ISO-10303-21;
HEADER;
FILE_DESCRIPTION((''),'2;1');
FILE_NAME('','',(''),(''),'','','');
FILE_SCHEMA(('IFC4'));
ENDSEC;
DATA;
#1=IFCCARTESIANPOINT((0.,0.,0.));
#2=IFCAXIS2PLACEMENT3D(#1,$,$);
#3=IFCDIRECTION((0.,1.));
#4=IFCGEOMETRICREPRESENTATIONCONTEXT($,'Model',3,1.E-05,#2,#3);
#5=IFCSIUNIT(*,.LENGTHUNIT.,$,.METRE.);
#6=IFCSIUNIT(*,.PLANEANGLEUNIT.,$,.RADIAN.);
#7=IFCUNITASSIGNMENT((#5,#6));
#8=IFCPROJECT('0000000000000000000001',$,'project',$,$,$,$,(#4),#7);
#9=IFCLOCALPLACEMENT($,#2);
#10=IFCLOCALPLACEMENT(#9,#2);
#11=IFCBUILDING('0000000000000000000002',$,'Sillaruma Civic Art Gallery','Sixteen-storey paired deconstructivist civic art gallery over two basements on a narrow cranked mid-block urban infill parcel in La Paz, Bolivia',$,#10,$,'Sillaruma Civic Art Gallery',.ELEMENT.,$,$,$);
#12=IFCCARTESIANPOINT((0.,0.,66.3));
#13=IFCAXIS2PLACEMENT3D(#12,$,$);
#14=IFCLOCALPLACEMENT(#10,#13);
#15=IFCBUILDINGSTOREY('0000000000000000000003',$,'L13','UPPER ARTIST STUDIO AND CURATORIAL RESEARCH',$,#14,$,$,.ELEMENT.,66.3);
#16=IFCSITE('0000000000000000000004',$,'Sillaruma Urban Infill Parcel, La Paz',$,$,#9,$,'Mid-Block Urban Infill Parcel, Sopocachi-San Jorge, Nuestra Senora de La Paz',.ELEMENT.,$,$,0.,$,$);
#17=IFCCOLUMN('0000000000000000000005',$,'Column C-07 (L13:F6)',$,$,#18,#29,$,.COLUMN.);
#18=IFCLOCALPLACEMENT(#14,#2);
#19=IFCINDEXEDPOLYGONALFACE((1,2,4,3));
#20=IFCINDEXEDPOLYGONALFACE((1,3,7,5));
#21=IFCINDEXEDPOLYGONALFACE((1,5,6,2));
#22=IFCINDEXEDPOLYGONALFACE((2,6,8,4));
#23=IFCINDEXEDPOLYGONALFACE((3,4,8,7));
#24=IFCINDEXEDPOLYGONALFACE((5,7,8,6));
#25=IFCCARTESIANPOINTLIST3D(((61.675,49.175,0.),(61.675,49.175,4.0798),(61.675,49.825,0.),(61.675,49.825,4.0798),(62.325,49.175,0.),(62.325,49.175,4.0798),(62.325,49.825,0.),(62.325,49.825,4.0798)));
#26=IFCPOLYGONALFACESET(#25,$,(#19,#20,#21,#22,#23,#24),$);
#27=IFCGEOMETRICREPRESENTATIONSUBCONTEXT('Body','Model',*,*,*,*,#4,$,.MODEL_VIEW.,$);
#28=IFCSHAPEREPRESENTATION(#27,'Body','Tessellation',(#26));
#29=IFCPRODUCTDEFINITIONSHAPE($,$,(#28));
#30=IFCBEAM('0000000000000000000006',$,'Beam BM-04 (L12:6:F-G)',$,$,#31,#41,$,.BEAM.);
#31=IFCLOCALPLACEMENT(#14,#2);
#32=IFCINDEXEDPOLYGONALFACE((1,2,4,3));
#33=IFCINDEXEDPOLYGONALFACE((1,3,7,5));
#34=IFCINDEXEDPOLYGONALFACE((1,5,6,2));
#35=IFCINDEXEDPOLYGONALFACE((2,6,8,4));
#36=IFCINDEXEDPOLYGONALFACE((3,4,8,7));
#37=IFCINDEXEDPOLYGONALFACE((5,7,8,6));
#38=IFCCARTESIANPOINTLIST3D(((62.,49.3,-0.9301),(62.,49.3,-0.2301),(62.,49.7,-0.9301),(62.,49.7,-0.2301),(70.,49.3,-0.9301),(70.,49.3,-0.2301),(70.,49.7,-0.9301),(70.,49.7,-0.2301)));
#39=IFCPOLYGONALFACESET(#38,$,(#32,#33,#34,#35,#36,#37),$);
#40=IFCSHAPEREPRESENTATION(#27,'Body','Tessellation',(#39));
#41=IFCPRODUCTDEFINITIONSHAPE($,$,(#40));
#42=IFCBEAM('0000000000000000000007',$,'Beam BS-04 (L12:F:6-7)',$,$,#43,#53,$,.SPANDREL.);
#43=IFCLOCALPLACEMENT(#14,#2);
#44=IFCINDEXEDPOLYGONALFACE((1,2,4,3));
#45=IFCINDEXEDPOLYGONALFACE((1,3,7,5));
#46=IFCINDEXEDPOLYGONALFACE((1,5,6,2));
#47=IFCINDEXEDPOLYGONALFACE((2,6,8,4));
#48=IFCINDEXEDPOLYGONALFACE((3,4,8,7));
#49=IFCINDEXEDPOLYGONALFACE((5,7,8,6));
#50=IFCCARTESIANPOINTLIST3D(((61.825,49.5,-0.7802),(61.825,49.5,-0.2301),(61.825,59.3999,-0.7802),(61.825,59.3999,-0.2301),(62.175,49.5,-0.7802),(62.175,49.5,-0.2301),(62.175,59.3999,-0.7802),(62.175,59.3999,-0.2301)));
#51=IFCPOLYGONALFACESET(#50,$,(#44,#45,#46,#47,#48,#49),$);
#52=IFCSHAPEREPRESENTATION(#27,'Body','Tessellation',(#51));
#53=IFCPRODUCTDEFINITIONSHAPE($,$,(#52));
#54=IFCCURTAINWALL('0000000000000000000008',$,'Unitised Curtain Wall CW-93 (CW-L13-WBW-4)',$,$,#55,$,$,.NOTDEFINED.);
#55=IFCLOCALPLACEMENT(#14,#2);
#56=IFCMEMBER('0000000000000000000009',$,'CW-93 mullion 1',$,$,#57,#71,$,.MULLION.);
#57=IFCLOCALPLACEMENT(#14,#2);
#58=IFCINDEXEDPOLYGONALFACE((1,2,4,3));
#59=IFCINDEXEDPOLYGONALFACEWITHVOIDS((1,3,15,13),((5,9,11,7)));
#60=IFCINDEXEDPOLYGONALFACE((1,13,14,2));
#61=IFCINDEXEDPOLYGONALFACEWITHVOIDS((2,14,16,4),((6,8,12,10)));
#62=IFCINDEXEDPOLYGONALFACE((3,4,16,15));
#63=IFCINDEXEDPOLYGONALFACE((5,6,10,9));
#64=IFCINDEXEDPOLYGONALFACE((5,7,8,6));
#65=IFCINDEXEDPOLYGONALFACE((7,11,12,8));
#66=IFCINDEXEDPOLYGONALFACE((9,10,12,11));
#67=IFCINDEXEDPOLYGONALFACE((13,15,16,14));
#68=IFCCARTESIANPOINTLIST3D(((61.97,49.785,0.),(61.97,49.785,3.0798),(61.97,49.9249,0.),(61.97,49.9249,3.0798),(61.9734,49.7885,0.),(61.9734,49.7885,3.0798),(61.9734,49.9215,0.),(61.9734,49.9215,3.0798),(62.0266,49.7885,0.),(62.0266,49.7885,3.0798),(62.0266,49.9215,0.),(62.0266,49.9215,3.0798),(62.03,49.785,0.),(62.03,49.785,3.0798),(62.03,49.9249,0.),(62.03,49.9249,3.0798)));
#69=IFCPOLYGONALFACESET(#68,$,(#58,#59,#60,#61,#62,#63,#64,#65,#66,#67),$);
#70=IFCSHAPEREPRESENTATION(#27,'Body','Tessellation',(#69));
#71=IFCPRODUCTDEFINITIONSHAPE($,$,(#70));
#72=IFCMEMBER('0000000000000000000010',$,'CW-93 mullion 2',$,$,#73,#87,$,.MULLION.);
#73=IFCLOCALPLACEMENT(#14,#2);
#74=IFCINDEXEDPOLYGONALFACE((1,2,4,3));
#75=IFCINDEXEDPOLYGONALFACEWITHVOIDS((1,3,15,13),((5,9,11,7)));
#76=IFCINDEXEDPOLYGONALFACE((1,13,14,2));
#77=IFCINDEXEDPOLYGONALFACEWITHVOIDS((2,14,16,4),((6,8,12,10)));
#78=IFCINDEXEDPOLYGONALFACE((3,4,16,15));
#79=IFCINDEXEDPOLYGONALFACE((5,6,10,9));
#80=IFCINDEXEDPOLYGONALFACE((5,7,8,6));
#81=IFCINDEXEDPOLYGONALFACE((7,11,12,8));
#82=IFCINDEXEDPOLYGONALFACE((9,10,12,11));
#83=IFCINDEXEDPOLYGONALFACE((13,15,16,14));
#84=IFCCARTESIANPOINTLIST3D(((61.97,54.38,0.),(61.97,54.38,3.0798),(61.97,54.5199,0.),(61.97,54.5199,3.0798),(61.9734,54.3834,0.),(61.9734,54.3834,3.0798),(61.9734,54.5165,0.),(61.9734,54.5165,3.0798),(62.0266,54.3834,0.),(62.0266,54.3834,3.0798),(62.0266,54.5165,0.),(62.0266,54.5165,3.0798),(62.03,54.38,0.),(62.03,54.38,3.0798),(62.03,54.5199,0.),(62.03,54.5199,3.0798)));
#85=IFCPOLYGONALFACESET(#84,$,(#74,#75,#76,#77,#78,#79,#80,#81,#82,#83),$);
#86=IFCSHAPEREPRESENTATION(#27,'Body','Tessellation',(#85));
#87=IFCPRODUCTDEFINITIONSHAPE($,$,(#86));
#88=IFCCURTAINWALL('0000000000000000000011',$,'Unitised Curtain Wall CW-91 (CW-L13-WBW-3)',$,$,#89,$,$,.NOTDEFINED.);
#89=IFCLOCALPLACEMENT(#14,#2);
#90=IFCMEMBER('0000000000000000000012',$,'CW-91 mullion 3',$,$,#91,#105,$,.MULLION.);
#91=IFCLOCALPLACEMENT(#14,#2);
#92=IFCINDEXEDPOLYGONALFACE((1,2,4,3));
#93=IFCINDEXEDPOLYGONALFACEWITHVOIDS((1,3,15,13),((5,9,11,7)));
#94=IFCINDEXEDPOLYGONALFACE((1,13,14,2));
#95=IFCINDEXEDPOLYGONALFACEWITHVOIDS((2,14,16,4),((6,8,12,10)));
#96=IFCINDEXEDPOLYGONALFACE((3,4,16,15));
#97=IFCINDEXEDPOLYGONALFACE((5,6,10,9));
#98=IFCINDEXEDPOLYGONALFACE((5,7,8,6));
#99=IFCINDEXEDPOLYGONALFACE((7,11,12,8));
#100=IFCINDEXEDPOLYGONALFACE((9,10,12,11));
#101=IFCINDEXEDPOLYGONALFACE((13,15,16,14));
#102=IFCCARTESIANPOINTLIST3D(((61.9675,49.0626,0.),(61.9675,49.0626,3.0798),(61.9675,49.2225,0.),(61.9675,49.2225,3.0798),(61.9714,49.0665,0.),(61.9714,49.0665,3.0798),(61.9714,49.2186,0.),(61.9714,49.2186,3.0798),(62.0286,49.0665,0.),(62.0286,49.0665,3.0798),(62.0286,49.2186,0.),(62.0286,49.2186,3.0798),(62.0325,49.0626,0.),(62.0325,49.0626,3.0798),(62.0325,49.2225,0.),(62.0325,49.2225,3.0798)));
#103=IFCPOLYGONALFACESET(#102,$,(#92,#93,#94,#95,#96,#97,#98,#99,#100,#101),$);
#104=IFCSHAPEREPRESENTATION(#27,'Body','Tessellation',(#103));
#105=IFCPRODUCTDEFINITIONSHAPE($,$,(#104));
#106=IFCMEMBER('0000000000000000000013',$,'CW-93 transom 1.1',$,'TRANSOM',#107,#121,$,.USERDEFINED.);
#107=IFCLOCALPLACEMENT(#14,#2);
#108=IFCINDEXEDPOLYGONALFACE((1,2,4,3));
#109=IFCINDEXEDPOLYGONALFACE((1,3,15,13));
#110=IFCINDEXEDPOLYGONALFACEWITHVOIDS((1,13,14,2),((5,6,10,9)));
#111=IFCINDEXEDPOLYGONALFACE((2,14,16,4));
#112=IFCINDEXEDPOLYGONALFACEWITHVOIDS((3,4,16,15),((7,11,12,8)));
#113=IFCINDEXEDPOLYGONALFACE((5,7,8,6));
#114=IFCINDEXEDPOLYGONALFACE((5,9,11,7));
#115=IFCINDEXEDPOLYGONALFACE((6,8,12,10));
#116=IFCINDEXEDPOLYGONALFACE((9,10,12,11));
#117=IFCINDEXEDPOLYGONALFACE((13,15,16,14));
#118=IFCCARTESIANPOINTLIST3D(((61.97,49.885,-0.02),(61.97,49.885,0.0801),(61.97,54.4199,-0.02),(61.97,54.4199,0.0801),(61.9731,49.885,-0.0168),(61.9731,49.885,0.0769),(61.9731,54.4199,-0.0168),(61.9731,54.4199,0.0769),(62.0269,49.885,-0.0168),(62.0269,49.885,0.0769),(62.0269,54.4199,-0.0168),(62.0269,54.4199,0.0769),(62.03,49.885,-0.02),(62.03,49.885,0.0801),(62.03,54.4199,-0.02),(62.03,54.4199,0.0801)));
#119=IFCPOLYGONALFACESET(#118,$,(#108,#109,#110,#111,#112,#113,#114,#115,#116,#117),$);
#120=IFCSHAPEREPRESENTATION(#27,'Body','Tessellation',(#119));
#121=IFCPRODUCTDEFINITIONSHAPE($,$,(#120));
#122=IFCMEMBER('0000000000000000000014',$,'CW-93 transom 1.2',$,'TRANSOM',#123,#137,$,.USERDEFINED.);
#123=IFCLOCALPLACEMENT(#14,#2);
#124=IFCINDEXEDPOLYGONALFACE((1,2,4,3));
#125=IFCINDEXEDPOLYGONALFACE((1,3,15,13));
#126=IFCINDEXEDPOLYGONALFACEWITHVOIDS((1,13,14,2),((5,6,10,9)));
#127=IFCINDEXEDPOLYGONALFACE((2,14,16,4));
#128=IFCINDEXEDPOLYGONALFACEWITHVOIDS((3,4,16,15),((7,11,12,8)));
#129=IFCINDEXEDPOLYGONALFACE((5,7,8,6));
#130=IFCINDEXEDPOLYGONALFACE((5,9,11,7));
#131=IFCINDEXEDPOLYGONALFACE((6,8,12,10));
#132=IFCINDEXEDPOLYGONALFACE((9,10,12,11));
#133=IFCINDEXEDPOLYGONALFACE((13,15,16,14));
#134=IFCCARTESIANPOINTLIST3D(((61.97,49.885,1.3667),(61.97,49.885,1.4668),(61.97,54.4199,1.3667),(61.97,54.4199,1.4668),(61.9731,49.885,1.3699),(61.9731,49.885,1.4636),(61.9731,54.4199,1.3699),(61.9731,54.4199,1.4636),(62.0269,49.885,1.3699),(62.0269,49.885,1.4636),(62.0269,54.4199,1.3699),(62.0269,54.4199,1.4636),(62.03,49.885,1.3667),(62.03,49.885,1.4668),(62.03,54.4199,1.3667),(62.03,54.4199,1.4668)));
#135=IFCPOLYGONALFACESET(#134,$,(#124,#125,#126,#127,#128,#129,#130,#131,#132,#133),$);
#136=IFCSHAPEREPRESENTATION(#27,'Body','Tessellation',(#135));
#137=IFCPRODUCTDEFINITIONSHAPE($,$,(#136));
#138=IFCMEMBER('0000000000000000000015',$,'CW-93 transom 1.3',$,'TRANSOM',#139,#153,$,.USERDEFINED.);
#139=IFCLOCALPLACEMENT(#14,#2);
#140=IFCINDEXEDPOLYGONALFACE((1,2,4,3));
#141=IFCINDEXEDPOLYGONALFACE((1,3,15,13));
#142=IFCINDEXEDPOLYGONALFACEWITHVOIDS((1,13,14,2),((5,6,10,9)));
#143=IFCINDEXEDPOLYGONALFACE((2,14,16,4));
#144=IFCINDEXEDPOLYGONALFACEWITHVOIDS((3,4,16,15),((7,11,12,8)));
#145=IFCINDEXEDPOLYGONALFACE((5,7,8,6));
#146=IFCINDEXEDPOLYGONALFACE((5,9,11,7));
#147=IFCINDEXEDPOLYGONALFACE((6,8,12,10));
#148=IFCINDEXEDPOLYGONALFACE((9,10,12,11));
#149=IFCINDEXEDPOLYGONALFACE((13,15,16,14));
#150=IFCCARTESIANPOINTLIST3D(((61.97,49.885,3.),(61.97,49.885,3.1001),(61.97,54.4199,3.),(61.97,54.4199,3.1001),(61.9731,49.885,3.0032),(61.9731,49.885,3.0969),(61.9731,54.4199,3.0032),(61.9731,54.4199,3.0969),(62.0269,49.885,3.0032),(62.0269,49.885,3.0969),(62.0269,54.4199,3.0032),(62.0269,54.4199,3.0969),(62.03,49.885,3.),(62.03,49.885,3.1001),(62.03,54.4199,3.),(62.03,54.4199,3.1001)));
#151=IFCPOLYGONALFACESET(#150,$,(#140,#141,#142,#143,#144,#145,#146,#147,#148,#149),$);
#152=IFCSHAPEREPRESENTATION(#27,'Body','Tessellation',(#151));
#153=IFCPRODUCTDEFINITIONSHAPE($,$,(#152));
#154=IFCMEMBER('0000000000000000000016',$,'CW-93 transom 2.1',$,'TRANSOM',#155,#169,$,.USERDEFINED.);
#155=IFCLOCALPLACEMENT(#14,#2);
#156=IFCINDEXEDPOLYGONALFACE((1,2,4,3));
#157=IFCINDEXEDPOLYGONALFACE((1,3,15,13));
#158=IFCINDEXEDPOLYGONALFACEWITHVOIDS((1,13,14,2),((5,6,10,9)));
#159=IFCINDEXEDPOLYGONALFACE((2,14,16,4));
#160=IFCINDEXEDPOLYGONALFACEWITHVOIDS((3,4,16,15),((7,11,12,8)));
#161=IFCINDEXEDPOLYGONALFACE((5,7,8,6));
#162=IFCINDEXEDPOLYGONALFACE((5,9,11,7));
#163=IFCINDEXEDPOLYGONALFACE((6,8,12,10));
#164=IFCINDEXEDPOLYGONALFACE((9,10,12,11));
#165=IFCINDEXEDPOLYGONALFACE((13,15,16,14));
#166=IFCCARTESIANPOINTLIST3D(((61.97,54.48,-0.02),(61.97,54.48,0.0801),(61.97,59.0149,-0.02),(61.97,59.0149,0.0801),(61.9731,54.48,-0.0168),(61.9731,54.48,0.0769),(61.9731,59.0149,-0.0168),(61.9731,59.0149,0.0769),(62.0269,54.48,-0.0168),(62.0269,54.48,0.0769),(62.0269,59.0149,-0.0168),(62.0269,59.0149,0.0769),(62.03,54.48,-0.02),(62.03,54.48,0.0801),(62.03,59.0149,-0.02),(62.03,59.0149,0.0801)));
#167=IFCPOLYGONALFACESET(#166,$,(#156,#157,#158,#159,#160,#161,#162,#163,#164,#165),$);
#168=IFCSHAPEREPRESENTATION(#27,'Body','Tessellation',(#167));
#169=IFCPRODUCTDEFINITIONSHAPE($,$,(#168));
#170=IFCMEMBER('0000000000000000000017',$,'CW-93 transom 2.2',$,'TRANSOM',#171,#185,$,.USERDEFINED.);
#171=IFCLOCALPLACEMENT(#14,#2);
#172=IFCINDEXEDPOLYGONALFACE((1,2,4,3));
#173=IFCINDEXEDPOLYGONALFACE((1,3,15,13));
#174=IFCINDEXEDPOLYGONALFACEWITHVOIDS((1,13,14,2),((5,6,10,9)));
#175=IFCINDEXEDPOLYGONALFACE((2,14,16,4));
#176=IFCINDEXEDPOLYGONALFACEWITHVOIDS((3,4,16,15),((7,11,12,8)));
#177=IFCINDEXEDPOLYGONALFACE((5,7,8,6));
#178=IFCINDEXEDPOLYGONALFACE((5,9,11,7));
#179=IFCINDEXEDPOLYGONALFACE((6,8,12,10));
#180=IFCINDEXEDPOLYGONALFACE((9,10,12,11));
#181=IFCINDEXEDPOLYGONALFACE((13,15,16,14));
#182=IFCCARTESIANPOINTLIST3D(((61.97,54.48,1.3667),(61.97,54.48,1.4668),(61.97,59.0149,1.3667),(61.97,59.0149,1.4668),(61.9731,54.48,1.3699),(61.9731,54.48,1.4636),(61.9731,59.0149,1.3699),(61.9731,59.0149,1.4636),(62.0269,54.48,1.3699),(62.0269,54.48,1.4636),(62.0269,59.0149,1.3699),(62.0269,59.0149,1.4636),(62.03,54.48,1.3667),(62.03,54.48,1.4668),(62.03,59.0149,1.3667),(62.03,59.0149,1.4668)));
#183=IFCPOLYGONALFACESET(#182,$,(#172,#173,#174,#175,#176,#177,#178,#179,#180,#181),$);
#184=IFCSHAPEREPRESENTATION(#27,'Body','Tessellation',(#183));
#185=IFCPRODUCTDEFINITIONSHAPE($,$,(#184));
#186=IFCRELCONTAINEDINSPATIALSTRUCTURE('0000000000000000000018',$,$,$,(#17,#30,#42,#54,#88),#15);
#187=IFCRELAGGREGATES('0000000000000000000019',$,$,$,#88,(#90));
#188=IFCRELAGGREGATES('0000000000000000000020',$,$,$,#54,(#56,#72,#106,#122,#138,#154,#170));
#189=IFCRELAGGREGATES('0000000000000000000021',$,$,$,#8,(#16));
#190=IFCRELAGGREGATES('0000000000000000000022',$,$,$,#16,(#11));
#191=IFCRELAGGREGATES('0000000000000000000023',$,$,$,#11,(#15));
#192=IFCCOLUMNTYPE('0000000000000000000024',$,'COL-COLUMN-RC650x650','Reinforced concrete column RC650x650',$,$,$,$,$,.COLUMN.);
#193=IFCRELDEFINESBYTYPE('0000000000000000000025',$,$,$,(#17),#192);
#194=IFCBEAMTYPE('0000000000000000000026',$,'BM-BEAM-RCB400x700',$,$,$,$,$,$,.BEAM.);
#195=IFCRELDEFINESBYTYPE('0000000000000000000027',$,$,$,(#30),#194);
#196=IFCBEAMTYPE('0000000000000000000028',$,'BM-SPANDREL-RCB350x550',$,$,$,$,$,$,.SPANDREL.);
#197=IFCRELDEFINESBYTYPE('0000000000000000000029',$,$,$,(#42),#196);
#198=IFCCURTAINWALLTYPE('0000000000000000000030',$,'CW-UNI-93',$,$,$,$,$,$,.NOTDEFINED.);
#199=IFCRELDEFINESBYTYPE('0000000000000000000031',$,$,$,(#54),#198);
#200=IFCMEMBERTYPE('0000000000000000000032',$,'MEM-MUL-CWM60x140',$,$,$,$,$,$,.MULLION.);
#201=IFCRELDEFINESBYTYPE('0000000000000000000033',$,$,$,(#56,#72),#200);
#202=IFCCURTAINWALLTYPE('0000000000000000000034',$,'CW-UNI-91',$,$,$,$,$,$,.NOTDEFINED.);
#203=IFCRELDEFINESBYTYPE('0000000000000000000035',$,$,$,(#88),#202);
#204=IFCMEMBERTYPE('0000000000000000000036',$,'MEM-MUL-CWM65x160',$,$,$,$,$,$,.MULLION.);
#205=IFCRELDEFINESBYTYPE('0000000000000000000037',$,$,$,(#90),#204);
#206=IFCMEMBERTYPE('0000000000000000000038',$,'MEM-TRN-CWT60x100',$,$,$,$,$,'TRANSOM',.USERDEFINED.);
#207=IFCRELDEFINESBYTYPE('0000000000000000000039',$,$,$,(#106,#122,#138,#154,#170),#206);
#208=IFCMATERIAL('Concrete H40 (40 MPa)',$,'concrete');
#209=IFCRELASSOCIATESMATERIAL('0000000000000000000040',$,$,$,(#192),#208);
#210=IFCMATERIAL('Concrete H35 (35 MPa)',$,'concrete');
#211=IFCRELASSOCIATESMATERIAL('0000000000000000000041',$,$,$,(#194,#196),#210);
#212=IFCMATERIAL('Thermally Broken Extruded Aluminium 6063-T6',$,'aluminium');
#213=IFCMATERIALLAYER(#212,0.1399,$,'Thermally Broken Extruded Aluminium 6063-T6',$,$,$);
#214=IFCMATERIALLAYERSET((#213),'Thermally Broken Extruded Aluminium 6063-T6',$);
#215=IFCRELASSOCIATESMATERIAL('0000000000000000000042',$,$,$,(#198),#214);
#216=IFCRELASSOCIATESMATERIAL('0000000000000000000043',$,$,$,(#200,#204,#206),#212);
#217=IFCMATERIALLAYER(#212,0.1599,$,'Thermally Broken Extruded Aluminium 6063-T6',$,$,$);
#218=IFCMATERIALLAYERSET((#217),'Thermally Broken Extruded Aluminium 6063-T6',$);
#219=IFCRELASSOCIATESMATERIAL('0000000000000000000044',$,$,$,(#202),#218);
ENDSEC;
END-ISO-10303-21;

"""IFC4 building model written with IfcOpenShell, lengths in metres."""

from ifc_helpers import new_model, si_unit, direction, frame, origin, origin_2d, place, context, subcontext, project, spatial, rectangle, hollow_rectangle, extrude, material, layer, layer_set, material_profile, profile_set, type_object, element, aggregate, save


model = new_model("IFC4")

# Units and contexts
model_context = context("Model", 3, precision=1e-05, world=origin(), true_north=direction((0.0, 1.0)))
body_context = subcontext(model_context, "Body", "Model", "MODEL_VIEW")
ifc_project = project(units=[si_unit("LENGTHUNIT", "METRE"), si_unit("PLANEANGLEUNIT", "RADIAN")], contexts=[model_context])

# Site, building, storey
site_placement = place(None, origin())
site = spatial("IfcSite", under=ifc_project, at=site_placement, Name="Sillaruma Urban Infill Parcel, La Paz", LongName="Mid-Block Urban Infill Parcel, Sopocachi-San Jorge, Nuestra Senora de La Paz", CompositionType="ELEMENT", RefElevation=0.0)
building_placement = place(site_placement, origin())
building = spatial("IfcBuilding", under=site, at=building_placement, Name="Sillaruma Civic Art Gallery", Description="Sixteen-storey paired deconstructivist civic art gallery over two basements on a narrow cranked mid-block urban infill parcel in La Paz, Bolivia", LongName="Sillaruma Civic Art Gallery", CompositionType="ELEMENT")
storey_placement = place(building_placement, frame((0.0, 0.0, 66.3)))
storey = spatial("IfcBuildingStorey", under=building, at=storey_placement, Name="L13", Description="UPPER ARTIST STUDIO AND CURATORIAL RESEARCH", CompositionType="ELEMENT", Elevation=66.3)

# Column
ifc_material_1 = material(Name="Concrete H40 (40 MPa)", Category="concrete")
ifc_material_profile_1 = material_profile(ifc_material_1, rectangle(XDim=0.6499, YDim=0.6499, at=origin_2d()), Name="RC650x650")
ifc_profile_set_1 = profile_set([ifc_material_profile_1], Name="Concrete H40 (40 MPa)")
column_type = type_object("IfcColumnType", Name="COL-COLUMN-RC650x650", Description="Reinforced concrete column RC650x650", PredefinedType="COLUMN", material=ifc_profile_set_1)
column_placement = place(storey_placement, frame((62.0, 49.5, 0.0), z_axis=(0.0, 0.0, 1.0), x_axis=(1.0, 0.0, 0.0)))
element("IfcColumn", 1, at=column_placement, inside=storey, type_object=column_type, Name="Column C-07 (L13:F6)", PredefinedType="COLUMN", context=body_context, shape_type="SweptSolid", body=[
    extrude(rectangle(XDim=0.6499, YDim=0.6499, at=origin_2d()), origin(), (0.0, 0.0, 1.0), 4.0798),
])

# Beams
ifc_material_2 = material(Name="Concrete H35 (35 MPa)", Category="concrete")
ifc_material_profile_2 = material_profile(ifc_material_2, rectangle(XDim=0.3999, YDim=0.7, at=origin_2d()), Name="RCB400x700")
ifc_profile_set_2 = profile_set([ifc_material_profile_2], Name="Concrete H35 (35 MPa)")
beam_type_1 = type_object("IfcBeamType", Name="BM-BEAM-RCB400x700", PredefinedType="BEAM", material=ifc_profile_set_2)
beam_1_placement = place(storey_placement, frame((62.0, 49.5, -0.5801), z_axis=(1.0, 0.0, 0.0), x_axis=(0.0, 1.0, 0.0)))
element("IfcBeam", 2, at=beam_1_placement, inside=storey, type_object=beam_type_1, Name="Beam BM-04 (L12:6:F-G)", PredefinedType="BEAM", context=body_context, shape_type="SweptSolid", body=[
    extrude(rectangle(XDim=0.3999, YDim=0.7, at=origin_2d()), origin(), (0.0, 0.0, 1.0), 8.0),
])
ifc_material_profile_3 = material_profile(ifc_material_2, rectangle(XDim=0.3501, YDim=0.55, at=origin_2d()), Name="RCB350x550")
ifc_profile_set_3 = profile_set([ifc_material_profile_3], Name="Concrete H35 (35 MPa)")
beam_type_2 = type_object("IfcBeamType", Name="BM-SPANDREL-RCB350x550", PredefinedType="SPANDREL", material=ifc_profile_set_3)
beam_2_placement = place(storey_placement, frame((62.0, 49.5, -0.5051), z_axis=(0.0, 1.0, 0.0), x_axis=(-1.0, 0.0, 0.0)))
element("IfcBeam", 3, at=beam_2_placement, inside=storey, type_object=beam_type_2, Name="Beam BS-04 (L12:F:6-7)", PredefinedType="SPANDREL", context=body_context, shape_type="SweptSolid", body=[
    extrude(rectangle(XDim=0.3501, YDim=0.55, at=origin_2d()), origin(), (0.0, 0.0, 1.0), 9.8999),
])

# Curtain wall, members
ifc_material_3 = material(Name="Thermally Broken Extruded Aluminium 6063-T6", Category="aluminium")
ifc_layer_1 = layer(ifc_material_3, 0.1399, Name="Thermally Broken Extruded Aluminium 6063-T6")
ifc_layer_set_1 = layer_set([ifc_layer_1], Name="Thermally Broken Extruded Aluminium 6063-T6")
curtain_wall_type_1 = type_object("IfcCurtainWallType", Name="CW-UNI-93", PredefinedType="NOTDEFINED", material=ifc_layer_set_1)
curtain_wall_1_placement = place(storey_placement, origin())
curtain_wall_1 = element("IfcCurtainWall", 4, at=curtain_wall_1_placement, inside=storey, type_object=curtain_wall_type_1, Name="Unitised Curtain Wall CW-93 (CW-L13-WBW-4)", PredefinedType="NOTDEFINED")
ifc_material_profile_4 = material_profile(ifc_material_3, hollow_rectangle(XDim=0.0601, YDim=0.1399, WallThickness=0.0034, at=origin_2d()), Name="CWM60x140")
ifc_profile_set_4 = profile_set([ifc_material_profile_4], Name="Thermally Broken Extruded Aluminium 6063-T6")
member_type_1 = type_object("IfcMemberType", Name="MEM-MUL-CWM60x140", PredefinedType="MULLION", material=ifc_profile_set_4)
member_1_placement = place(storey_placement, frame((62.0, 49.855, 0.0), z_axis=(0.0, 0.0, 1.0), x_axis=(-1.0, 0.0, 0.0)))
member_1 = element("IfcMember", 5, at=member_1_placement, type_object=member_type_1, Name="CW-93 mullion 1", PredefinedType="MULLION", context=body_context, shape_type="SweptSolid", body=[
    extrude(hollow_rectangle(XDim=0.0601, YDim=0.1399, WallThickness=0.0034, at=origin_2d()), origin(), (0.0, 0.0, 1.0), 3.0798),
])
member_2_placement = place(storey_placement, frame((62.0, 54.45, 0.0), z_axis=(0.0, 0.0, 1.0), x_axis=(-1.0, 0.0, 0.0)))
member_2 = element("IfcMember", 6, at=member_2_placement, type_object=member_type_1, Name="CW-93 mullion 2", PredefinedType="MULLION", context=body_context, shape_type="SweptSolid", body=[
    extrude(hollow_rectangle(XDim=0.0601, YDim=0.1399, WallThickness=0.0034, at=origin_2d()), origin(), (0.0, 0.0, 1.0), 3.0798),
])

# Curtain wall, member
ifc_layer_2 = layer(ifc_material_3, 0.1599, Name="Thermally Broken Extruded Aluminium 6063-T6")
ifc_layer_set_2 = layer_set([ifc_layer_2], Name="Thermally Broken Extruded Aluminium 6063-T6")
curtain_wall_type_2 = type_object("IfcCurtainWallType", Name="CW-UNI-91", PredefinedType="NOTDEFINED", material=ifc_layer_set_2)
curtain_wall_2_placement = place(storey_placement, origin())
curtain_wall_2 = element("IfcCurtainWall", 7, at=curtain_wall_2_placement, inside=storey, type_object=curtain_wall_type_2, Name="Unitised Curtain Wall CW-91 (CW-L13-WBW-3)", PredefinedType="NOTDEFINED")
ifc_material_profile_5 = material_profile(ifc_material_3, hollow_rectangle(XDim=0.0649, YDim=0.1599, WallThickness=0.0039, at=origin_2d()), Name="CWM65x160")
ifc_profile_set_5 = profile_set([ifc_material_profile_5], Name="Thermally Broken Extruded Aluminium 6063-T6")
member_type_2 = type_object("IfcMemberType", Name="MEM-MUL-CWM65x160", PredefinedType="MULLION", material=ifc_profile_set_5)
member_3_placement = place(storey_placement, frame((62.0, 49.1426, 0.0), z_axis=(0.0, 0.0, 1.0), x_axis=(-1.0, 0.0, 0.0)))
member_3 = element("IfcMember", 8, at=member_3_placement, type_object=member_type_2, Name="CW-91 mullion 3", PredefinedType="MULLION", context=body_context, shape_type="SweptSolid", body=[
    extrude(hollow_rectangle(XDim=0.0649, YDim=0.1599, WallThickness=0.0039, at=origin_2d()), origin(), (0.0, 0.0, 1.0), 3.0798),
])
aggregate(curtain_wall_2, [member_3])

# Members
ifc_material_profile_6 = material_profile(ifc_material_3, hollow_rectangle(XDim=0.0601, YDim=0.1001, WallThickness=0.0032, at=origin_2d()), Name="CWT60x100")
ifc_profile_set_6 = profile_set([ifc_material_profile_6], Name="Thermally Broken Extruded Aluminium 6063-T6")
member_type_3 = type_object("IfcMemberType", Name="MEM-TRN-CWT60x100", ElementType="TRANSOM", PredefinedType="USERDEFINED", material=ifc_profile_set_6)
member_4_placement = place(storey_placement, frame((62.0, 49.885, 0.03), z_axis=(0.0, 1.0, 0.0), x_axis=(-1.0, 0.0, 0.0)))
member_4 = element("IfcMember", 9, at=member_4_placement, type_object=member_type_3, Name="CW-93 transom 1.1", ObjectType="TRANSOM", PredefinedType="USERDEFINED", context=body_context, shape_type="SweptSolid", body=[
    extrude(hollow_rectangle(XDim=0.0601, YDim=0.1001, WallThickness=0.0032, at=origin_2d()), origin(), (0.0, 0.0, 1.0), 4.5349),
])
member_5_placement = place(storey_placement, frame((62.0, 49.885, 1.4167), z_axis=(0.0, 1.0, 0.0), x_axis=(-1.0, 0.0, 0.0)))
member_5 = element("IfcMember", 10, at=member_5_placement, type_object=member_type_3, Name="CW-93 transom 1.2", ObjectType="TRANSOM", PredefinedType="USERDEFINED", context=body_context, shape_type="SweptSolid", body=[
    extrude(hollow_rectangle(XDim=0.0601, YDim=0.1001, WallThickness=0.0032, at=origin_2d()), origin(), (0.0, 0.0, 1.0), 4.5349),
])
member_6_placement = place(storey_placement, frame((62.0, 49.885, 3.05), z_axis=(0.0, 1.0, 0.0), x_axis=(-1.0, 0.0, 0.0)))
member_6 = element("IfcMember", 11, at=member_6_placement, type_object=member_type_3, Name="CW-93 transom 1.3", ObjectType="TRANSOM", PredefinedType="USERDEFINED", context=body_context, shape_type="SweptSolid", body=[
    extrude(hollow_rectangle(XDim=0.0601, YDim=0.1001, WallThickness=0.0032, at=origin_2d()), origin(), (0.0, 0.0, 1.0), 4.5349),
])
member_7_placement = place(storey_placement, frame((62.0, 54.48, 0.03), z_axis=(0.0, 1.0, 0.0), x_axis=(-1.0, 0.0, 0.0)))
member_7 = element("IfcMember", 12, at=member_7_placement, type_object=member_type_3, Name="CW-93 transom 2.1", ObjectType="TRANSOM", PredefinedType="USERDEFINED", context=body_context, shape_type="SweptSolid", body=[
    extrude(hollow_rectangle(XDim=0.0601, YDim=0.1001, WallThickness=0.0032, at=origin_2d()), origin(), (0.0, 0.0, 1.0), 4.5349),
])
member_8_placement = place(storey_placement, frame((62.0, 54.48, 1.4167), z_axis=(0.0, 1.0, 0.0), x_axis=(-1.0, 0.0, 0.0)))
member_8 = element("IfcMember", 13, at=member_8_placement, type_object=member_type_3, Name="CW-93 transom 2.2", ObjectType="TRANSOM", PredefinedType="USERDEFINED", context=body_context, shape_type="SweptSolid", body=[
    extrude(hollow_rectangle(XDim=0.0601, YDim=0.1001, WallThickness=0.0032, at=origin_2d()), origin(), (0.0, 0.0, 1.0), 4.5349),
])

aggregate(curtain_wall_1, [member_1, member_2, member_4, member_5, member_6, member_7, member_8])

save(model, "model.ifc")
